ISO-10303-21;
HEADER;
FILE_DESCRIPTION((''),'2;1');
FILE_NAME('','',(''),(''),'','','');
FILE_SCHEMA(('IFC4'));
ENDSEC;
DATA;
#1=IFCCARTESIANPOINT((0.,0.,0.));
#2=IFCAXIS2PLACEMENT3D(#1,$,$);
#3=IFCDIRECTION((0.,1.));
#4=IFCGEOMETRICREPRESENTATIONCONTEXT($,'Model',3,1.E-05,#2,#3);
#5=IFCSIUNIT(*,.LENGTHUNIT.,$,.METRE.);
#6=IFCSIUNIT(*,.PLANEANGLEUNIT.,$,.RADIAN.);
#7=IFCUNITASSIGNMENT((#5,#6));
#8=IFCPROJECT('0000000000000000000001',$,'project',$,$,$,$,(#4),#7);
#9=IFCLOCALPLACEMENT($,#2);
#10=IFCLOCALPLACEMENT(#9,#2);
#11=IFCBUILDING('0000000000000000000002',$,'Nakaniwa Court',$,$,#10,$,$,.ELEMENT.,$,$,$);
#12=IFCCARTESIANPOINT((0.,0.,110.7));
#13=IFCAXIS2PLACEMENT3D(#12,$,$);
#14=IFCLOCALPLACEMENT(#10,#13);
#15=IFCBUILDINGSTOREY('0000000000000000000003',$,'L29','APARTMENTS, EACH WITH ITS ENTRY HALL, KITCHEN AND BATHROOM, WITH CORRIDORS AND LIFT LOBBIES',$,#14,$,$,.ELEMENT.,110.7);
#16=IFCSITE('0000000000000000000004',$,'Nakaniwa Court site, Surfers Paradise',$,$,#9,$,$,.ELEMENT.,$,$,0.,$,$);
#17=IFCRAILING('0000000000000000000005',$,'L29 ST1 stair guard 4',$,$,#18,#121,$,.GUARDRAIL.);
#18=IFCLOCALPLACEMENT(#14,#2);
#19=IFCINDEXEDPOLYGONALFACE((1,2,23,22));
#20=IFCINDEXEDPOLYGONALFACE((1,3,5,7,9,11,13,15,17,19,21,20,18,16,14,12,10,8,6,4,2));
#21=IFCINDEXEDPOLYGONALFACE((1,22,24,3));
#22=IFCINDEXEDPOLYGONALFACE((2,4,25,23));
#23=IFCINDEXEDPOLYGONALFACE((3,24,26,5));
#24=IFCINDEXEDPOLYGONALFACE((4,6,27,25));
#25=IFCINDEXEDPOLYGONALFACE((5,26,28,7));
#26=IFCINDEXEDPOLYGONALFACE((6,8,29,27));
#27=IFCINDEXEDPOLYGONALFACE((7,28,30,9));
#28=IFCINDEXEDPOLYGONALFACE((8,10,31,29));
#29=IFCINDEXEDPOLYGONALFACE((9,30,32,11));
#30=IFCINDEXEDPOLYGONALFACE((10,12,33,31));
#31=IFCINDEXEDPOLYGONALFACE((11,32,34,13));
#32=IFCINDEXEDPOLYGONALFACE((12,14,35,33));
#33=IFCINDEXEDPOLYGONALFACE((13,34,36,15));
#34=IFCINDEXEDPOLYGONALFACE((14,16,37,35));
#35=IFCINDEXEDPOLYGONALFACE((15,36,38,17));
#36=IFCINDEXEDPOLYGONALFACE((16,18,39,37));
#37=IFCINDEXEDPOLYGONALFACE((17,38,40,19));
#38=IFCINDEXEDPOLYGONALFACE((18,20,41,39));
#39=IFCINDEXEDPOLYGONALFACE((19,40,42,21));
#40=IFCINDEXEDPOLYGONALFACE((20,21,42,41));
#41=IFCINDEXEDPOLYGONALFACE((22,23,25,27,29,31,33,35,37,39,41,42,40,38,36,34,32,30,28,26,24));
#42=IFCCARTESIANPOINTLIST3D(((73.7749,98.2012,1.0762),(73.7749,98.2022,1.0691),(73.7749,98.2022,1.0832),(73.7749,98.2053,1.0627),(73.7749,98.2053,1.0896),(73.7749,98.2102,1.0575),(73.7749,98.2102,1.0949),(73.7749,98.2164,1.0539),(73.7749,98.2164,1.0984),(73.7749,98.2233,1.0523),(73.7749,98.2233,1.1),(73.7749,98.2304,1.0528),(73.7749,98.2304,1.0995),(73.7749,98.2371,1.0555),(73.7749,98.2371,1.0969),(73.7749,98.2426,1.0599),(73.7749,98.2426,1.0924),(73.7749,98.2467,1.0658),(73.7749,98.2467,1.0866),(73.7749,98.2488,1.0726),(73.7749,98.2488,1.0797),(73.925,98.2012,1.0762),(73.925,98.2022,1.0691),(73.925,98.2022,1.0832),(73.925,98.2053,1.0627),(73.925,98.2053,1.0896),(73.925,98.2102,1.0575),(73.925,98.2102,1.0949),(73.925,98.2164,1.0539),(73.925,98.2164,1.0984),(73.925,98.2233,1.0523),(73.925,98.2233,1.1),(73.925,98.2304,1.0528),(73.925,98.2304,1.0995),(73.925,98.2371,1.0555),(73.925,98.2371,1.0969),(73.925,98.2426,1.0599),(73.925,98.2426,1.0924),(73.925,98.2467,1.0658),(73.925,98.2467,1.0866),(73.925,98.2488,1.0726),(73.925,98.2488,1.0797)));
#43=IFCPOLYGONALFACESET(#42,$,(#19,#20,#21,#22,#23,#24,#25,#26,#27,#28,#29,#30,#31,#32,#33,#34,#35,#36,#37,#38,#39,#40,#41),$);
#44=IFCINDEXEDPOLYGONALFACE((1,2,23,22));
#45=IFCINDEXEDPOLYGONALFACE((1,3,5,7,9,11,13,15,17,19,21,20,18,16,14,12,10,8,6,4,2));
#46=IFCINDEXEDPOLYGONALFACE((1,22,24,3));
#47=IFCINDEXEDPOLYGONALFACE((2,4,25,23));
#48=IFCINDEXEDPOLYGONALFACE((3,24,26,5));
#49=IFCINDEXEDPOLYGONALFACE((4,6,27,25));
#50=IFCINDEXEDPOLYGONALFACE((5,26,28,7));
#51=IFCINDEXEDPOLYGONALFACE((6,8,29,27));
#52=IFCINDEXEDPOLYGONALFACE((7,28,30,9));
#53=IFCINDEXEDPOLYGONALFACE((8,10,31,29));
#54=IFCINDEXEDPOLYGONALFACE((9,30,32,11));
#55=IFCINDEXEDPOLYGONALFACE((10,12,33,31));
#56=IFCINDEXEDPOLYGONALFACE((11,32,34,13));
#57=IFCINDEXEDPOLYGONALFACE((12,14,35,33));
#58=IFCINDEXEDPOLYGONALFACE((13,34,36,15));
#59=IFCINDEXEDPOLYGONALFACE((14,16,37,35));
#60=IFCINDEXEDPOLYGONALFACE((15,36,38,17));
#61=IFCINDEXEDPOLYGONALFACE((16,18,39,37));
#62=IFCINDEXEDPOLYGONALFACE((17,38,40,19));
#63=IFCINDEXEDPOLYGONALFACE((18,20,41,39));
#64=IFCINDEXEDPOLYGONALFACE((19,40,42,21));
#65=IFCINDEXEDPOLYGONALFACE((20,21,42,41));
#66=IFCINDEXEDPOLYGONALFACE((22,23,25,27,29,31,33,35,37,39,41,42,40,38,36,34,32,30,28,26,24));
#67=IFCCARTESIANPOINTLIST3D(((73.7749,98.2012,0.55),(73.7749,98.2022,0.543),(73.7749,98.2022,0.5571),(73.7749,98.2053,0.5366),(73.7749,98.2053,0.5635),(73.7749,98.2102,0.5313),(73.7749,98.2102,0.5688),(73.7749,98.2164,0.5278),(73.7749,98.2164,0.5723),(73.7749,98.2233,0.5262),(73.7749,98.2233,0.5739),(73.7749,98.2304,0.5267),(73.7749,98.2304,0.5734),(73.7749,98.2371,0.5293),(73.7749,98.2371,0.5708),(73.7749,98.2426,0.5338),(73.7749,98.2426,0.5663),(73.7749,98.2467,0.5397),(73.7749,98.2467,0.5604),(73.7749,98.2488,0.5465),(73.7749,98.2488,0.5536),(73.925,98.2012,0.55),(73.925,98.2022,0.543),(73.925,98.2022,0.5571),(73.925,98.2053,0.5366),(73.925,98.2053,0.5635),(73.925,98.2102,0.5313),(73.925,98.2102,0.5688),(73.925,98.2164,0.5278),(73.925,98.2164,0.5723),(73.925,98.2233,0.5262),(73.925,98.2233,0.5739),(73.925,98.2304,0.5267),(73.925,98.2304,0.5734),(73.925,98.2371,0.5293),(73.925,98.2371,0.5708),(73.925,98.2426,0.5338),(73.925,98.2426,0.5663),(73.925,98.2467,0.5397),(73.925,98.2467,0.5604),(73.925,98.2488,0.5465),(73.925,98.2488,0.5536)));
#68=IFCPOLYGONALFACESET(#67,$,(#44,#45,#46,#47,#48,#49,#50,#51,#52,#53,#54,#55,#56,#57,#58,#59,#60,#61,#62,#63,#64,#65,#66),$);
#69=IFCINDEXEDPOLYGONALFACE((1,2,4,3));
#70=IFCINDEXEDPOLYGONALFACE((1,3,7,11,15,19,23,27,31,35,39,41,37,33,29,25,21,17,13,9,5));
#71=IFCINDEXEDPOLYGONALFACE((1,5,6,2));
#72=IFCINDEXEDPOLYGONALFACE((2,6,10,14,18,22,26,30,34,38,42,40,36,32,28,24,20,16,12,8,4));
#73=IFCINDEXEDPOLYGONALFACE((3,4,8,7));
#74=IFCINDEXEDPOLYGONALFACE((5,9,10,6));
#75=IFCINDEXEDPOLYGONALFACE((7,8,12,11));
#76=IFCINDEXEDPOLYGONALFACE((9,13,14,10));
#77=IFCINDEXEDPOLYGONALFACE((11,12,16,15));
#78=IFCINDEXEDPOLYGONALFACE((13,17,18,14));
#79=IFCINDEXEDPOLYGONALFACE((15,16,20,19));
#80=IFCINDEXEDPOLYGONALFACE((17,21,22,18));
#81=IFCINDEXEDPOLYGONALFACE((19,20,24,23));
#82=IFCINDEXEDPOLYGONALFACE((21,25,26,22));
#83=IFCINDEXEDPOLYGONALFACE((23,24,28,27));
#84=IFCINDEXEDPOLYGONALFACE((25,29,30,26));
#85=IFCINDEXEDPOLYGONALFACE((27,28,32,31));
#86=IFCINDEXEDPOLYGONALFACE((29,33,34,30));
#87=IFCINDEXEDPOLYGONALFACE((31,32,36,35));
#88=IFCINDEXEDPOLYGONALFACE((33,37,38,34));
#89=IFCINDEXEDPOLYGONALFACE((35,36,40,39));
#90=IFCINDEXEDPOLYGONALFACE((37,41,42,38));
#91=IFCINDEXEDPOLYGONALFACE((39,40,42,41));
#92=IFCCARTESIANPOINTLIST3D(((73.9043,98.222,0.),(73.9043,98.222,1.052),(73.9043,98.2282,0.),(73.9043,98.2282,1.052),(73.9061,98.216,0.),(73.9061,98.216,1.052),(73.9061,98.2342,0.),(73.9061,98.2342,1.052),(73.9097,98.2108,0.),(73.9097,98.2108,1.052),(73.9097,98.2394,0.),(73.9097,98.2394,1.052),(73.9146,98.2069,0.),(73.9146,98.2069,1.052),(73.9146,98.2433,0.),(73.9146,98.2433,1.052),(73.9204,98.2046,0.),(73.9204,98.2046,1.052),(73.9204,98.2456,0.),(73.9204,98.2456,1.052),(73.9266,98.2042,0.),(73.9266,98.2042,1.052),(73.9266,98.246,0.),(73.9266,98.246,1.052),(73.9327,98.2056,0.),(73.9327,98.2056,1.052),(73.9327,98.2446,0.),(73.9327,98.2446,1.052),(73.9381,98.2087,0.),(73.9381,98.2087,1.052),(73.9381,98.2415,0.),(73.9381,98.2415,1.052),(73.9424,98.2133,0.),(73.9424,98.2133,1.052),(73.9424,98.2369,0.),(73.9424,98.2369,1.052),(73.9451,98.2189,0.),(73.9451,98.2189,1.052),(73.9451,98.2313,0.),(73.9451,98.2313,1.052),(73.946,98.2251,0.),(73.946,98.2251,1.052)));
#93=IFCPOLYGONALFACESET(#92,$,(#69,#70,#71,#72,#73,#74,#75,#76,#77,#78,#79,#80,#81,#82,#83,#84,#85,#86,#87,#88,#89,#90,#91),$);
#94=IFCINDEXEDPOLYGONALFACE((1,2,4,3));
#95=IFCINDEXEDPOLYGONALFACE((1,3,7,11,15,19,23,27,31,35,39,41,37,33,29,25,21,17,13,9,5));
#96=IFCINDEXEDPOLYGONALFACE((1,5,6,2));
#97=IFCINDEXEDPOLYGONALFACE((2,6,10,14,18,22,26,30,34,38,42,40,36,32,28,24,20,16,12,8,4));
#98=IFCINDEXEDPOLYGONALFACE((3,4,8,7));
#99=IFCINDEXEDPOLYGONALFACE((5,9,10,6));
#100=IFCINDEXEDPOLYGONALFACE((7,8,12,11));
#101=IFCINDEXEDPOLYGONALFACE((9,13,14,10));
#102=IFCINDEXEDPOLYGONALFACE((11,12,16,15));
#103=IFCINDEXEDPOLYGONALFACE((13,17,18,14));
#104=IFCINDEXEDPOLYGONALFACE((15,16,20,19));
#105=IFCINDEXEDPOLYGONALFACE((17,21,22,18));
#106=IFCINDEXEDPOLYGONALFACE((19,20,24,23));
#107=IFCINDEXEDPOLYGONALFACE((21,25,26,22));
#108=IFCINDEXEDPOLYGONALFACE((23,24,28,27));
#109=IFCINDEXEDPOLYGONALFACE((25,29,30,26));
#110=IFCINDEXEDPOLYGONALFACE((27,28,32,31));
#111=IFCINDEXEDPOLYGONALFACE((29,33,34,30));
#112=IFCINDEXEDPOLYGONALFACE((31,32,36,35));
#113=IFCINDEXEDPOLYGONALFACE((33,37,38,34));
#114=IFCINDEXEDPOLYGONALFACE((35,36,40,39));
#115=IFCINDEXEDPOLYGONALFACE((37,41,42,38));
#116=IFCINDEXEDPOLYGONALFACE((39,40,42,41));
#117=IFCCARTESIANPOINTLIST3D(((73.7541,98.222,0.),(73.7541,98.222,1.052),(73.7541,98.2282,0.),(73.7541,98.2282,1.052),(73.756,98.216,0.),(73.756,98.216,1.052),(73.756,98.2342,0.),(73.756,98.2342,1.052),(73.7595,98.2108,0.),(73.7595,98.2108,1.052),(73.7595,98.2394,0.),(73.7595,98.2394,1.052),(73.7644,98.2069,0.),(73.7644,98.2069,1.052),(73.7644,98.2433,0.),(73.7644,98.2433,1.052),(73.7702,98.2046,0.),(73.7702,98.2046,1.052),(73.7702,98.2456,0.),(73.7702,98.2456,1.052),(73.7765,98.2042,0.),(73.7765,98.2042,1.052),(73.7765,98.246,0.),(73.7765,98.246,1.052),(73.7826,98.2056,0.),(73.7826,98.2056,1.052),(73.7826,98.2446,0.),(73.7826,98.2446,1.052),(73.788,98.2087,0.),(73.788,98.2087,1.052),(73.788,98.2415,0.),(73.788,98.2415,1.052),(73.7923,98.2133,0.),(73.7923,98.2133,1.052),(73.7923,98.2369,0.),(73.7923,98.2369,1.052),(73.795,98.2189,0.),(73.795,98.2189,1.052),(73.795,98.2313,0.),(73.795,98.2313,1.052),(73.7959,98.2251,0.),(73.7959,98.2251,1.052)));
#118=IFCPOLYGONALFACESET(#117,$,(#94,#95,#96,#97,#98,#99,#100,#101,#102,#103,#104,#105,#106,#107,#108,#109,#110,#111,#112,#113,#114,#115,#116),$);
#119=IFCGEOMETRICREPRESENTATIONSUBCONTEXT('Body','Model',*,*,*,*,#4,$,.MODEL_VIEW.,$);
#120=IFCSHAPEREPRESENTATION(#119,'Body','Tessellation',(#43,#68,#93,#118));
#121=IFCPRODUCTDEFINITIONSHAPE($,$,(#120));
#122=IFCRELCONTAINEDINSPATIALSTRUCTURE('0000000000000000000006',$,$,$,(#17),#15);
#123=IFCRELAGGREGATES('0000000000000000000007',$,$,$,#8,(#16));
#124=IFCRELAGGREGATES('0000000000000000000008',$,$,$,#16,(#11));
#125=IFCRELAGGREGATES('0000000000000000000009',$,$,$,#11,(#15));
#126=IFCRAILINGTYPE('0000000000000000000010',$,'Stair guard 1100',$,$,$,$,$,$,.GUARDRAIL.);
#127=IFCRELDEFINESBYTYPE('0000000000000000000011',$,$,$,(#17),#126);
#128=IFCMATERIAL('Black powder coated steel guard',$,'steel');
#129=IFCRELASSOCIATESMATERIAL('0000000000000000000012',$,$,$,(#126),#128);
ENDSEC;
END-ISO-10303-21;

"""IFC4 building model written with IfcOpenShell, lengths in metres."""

from ifc_helpers import new_model, si_unit, direction, frame, origin, origin_2d, place, context, subcontext, project, spatial, circle, extrude, material, type_object, element, save


model = new_model("IFC4")

# Units and contexts
model_context = context("Model", 3, precision=1e-05, world=origin(), true_north=direction((0.0, 1.0)))
body_context = subcontext(model_context, "Body", "Model", "MODEL_VIEW")
ifc_project = project(units=[si_unit("LENGTHUNIT", "METRE"), si_unit("PLANEANGLEUNIT", "RADIAN")], contexts=[model_context])

# Site, building, storey
site_placement = place(None, origin())
site = spatial("IfcSite", under=ifc_project, at=site_placement, Name="Nakaniwa Court site, Surfers Paradise", CompositionType="ELEMENT", RefElevation=0.0)
building_placement = place(site_placement, origin())
building = spatial("IfcBuilding", under=site, at=building_placement, Name="Nakaniwa Court", CompositionType="ELEMENT")
storey_placement = place(building_placement, frame((0.0, 0.0, 110.7)))
storey = spatial("IfcBuildingStorey", under=building, at=storey_placement, Name="L29", Description="APARTMENTS, EACH WITH ITS ENTRY HALL, KITCHEN AND BATHROOM, WITH CORRIDORS AND LIFT LOBBIES", CompositionType="ELEMENT", Elevation=110.7)

# Railing
ifc_material_1 = material(Name="Black powder coated steel guard", Category="steel")
railing_type_1 = type_object("IfcRailingType", Name="Stair guard 1100", PredefinedType="GUARDRAIL", material=ifc_material_1)
railing_1_placement = place(storey_placement, frame((73.925, 98.2251, 0.0)))
element("IfcRailing", 1, at=railing_1_placement, inside=storey, type_object=railing_type_1, Name="L29 ST1 stair guard 4", PredefinedType="GUARDRAIL", context=body_context, shape_type="SweptSolid", body=[
    extrude(circle(Radius=0.0239, at=origin_2d()), frame((0.0, 0.0, 1.0762), z_axis=(-1.0, 0.0, 0.0), x_axis=(0.0, -1.0, 0.0)), (0.0, 0.0, 1.0), 0.1501),
    extrude(circle(Radius=0.0239, at=origin_2d()), frame((0.0, 0.0, 0.55), z_axis=(-1.0, 0.0, 0.0), x_axis=(0.0, -1.0, 0.0)), (0.0, 0.0, 1.0), 0.1501),
    extrude(circle(Radius=0.021, at=origin_2d()), origin(), (0.0, 0.0, 1.0), 1.052),
    extrude(circle(Radius=0.021, at=origin_2d()), frame((-0.1501, 0.0, 0.0)), (0.0, 0.0, 1.0), 1.052),
])

save(model, "model.ifc")
